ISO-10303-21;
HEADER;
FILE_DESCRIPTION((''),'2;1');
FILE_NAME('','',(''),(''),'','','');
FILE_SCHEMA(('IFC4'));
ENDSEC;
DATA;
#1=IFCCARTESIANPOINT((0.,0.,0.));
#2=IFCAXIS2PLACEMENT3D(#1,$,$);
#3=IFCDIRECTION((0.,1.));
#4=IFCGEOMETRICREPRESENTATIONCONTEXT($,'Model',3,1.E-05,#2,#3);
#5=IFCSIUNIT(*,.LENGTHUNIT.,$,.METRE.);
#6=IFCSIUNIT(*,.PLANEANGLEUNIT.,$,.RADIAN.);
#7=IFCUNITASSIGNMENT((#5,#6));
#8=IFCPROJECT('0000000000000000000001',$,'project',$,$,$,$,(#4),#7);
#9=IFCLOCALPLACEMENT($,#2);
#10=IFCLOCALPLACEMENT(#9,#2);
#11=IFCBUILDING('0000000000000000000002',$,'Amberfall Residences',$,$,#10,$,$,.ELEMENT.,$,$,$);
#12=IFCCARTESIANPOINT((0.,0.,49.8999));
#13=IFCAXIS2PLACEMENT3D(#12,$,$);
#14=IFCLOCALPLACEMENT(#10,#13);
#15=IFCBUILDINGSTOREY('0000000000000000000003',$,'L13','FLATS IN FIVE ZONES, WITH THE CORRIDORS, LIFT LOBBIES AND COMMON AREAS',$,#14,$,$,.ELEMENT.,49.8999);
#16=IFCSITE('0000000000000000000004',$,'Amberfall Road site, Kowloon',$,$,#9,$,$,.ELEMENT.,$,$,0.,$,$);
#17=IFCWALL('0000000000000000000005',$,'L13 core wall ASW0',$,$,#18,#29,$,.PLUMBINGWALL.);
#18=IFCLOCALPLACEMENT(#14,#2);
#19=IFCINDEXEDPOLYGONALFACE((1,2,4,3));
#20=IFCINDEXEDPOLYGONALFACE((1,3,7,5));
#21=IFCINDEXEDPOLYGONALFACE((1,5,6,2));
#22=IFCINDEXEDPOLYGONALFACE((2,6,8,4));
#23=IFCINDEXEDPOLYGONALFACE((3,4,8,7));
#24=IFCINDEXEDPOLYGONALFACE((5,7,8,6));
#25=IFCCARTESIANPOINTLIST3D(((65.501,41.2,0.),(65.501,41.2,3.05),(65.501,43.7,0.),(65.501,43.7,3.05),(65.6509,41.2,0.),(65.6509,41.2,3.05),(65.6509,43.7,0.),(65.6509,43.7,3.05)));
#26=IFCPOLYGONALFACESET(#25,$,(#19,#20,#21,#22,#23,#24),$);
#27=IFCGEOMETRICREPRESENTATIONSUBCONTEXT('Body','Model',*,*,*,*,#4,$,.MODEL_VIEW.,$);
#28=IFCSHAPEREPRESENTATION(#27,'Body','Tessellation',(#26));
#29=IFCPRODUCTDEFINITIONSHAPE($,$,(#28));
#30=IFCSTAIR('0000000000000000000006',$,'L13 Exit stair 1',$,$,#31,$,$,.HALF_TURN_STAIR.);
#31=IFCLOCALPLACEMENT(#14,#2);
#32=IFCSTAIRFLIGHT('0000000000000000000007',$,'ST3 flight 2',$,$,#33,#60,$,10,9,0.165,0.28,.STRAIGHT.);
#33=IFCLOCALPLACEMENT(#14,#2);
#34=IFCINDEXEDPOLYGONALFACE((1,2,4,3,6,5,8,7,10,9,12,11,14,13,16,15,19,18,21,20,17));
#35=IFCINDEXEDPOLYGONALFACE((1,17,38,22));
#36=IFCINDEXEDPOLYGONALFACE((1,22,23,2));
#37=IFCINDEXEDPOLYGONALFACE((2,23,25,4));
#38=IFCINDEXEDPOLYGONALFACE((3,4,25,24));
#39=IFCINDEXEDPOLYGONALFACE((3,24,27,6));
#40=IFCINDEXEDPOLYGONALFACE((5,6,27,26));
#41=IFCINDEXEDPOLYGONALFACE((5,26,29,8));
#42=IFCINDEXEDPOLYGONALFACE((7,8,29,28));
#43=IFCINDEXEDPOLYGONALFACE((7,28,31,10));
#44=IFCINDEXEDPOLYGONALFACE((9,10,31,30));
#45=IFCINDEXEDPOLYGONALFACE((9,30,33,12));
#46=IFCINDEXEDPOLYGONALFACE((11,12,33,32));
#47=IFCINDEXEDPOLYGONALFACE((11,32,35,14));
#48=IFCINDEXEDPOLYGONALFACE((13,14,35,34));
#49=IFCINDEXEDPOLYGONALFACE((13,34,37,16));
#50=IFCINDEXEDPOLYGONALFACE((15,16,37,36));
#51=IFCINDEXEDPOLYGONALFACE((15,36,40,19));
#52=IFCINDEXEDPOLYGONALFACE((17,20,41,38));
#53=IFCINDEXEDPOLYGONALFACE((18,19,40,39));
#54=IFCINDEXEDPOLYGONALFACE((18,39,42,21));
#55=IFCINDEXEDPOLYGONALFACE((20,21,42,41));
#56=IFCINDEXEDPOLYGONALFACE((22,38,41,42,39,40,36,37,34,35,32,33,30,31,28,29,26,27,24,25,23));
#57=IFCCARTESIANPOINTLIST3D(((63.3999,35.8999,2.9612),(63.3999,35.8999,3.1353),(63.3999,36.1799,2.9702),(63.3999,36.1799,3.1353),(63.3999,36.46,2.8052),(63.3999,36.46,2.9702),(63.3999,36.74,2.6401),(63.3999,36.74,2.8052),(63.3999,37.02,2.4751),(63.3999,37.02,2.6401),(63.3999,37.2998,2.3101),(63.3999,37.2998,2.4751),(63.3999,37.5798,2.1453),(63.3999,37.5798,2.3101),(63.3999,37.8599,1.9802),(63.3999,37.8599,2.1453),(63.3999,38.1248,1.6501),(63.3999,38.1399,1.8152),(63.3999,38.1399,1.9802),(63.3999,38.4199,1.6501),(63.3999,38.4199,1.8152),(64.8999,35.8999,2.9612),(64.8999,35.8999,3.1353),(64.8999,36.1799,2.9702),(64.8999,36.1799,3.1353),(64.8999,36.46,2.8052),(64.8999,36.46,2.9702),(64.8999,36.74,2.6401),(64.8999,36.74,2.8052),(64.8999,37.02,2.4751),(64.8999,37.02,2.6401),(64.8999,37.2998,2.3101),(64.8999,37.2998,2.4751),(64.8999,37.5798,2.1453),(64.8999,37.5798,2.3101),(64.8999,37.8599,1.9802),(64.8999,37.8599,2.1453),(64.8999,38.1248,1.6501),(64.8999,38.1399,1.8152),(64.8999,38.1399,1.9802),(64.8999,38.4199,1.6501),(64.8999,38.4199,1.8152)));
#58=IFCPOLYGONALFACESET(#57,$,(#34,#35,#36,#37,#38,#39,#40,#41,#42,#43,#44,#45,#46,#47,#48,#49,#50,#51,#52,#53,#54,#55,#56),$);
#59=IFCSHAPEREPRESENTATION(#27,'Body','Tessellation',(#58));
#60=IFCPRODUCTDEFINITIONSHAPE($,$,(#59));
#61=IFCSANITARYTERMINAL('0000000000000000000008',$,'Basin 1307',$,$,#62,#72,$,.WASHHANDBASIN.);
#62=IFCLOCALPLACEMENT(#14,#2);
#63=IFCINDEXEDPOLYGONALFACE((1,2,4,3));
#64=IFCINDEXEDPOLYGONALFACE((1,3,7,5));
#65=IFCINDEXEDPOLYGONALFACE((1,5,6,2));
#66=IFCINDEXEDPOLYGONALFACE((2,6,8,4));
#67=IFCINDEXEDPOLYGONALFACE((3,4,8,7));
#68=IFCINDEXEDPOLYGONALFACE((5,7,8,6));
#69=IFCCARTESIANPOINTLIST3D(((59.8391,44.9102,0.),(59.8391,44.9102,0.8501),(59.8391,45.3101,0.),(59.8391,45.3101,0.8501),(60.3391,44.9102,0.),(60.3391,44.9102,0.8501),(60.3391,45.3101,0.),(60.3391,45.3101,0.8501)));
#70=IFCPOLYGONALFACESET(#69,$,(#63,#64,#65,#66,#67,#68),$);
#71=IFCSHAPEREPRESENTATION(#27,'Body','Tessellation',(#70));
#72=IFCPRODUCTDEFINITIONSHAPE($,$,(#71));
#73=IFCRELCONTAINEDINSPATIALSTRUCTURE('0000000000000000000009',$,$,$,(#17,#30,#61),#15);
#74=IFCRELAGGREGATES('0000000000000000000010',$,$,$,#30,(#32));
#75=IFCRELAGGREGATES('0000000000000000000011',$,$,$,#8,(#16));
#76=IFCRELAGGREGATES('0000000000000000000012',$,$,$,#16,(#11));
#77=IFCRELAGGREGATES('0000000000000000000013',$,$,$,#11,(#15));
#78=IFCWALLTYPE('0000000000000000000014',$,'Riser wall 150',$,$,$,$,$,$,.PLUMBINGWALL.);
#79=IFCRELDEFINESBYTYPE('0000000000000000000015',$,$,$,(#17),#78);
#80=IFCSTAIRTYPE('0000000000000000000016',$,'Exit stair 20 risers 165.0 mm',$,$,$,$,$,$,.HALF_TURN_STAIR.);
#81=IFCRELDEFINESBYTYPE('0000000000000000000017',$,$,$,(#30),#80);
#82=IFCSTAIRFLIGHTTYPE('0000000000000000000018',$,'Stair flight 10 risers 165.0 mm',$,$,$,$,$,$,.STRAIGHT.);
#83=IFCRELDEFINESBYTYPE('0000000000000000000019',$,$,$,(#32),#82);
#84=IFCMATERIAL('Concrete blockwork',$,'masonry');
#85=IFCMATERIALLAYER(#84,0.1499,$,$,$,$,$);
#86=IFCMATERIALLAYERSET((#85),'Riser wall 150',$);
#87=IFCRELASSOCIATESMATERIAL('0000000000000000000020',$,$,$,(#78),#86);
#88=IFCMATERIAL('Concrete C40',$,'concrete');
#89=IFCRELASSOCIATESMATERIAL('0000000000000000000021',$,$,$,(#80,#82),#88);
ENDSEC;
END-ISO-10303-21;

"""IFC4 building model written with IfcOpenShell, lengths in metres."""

from ifc_helpers import new_model, si_unit, direction, frame, frame_2d, origin, origin_2d, place, context, subcontext, project, spatial, polyline, rectangle, outline, extrude, material, layer, layer_set, type_object, element, aggregate, save


model = new_model("IFC4")

# Units and contexts
model_context = context("Model", 3, precision=1e-05, world=origin(), true_north=direction((0.0, 1.0)))
body_context = subcontext(model_context, "Body", "Model", "MODEL_VIEW")
ifc_project = project(units=[si_unit("LENGTHUNIT", "METRE"), si_unit("PLANEANGLEUNIT", "RADIAN")], contexts=[model_context])

# Site, building, storey
site_placement = place(None, origin())
site = spatial("IfcSite", under=ifc_project, at=site_placement, Name="Amberfall Road site, Kowloon", CompositionType="ELEMENT", RefElevation=0.0)
building_placement = place(site_placement, origin())
building = spatial("IfcBuilding", under=site, at=building_placement, Name="Amberfall Residences", CompositionType="ELEMENT")
storey_placement = place(building_placement, frame((0.0, 0.0, 49.8999)))
storey = spatial("IfcBuildingStorey", under=building, at=storey_placement, Name="L13", Description="FLATS IN FIVE ZONES, WITH THE CORRIDORS, LIFT LOBBIES AND COMMON AREAS", CompositionType="ELEMENT", Elevation=49.8999)

# Wall
ifc_material_1 = material(Name="Concrete blockwork", Category="masonry")
ifc_layer_1 = layer(ifc_material_1, 0.1499)
ifc_layer_set_1 = layer_set([ifc_layer_1], Name="Riser wall 150")
wall_type_1 = type_object("IfcWallType", Name="Riser wall 150", PredefinedType="PLUMBINGWALL", material=ifc_layer_set_1)
wall_1_placement = place(storey_placement, frame((65.5759, 41.2, 0.0), z_axis=(0.0, 0.0, 1.0), x_axis=(0.0, 1.0, 0.0)))
element("IfcWall", 1, at=wall_1_placement, inside=storey, type_object=wall_type_1, Name="L13 core wall ASW0", PredefinedType="PLUMBINGWALL", context=body_context, shape_type="SweptSolid", body=[
    extrude(rectangle(XDim=2.5, YDim=0.1499, at=frame_2d((1.25, 0.0))), origin(), (0.0, 0.0, 1.0), 3.05),
])

# Stair, stair flight
ifc_material_2 = material(Name="Concrete C40", Category="concrete")
stair_type = type_object("IfcStairType", Name="Exit stair 20 risers 165.0 mm", PredefinedType="HALF_TURN_STAIR", material=ifc_material_2)
stair_placement = place(storey_placement, origin())
stair = element("IfcStair", 2, at=stair_placement, inside=storey, type_object=stair_type, Name="L13 Exit stair 1", PredefinedType="HALF_TURN_STAIR")
stair_flight_type = type_object("IfcStairFlightType", Name="Stair flight 10 risers 165.0 mm", PredefinedType="STRAIGHT", material=ifc_material_2)
stair_flight_placement = place(storey_placement, frame((64.1499, 38.4199, 1.6501), z_axis=(0.0, 0.0, 1.0), x_axis=(0.0, -1.0, 0.0)))
stair_flight = element("IfcStairFlight", 3, at=stair_flight_placement, type_object=stair_flight_type, Name="ST3 flight 2", NumberOfRisers=10, NumberOfTreads=9, PredefinedType="STRAIGHT", RiserHeight=0.165, TreadLength=0.28, context=body_context, shape_type="SweptSolid", body=[
    extrude(outline(polyline([(0.0, 0.0), (0.0, 0.165), (0.28, 0.165), (0.28, 0.3301), (0.5601, 0.3301), (0.5601, 0.4951), (0.8401, 0.4951), (0.8401, 0.6599), (1.1201, 0.6599), (1.1201, 0.825), (1.3999, 0.825), (1.3999, 0.99), (1.6799, 0.99), (1.6799, 1.155), (1.96, 1.155), (1.96, 1.3201), (2.24, 1.3201), (2.24, 1.4851), (2.52, 1.4851), (2.52, 1.6499), (2.52, 1.311), (0.2952, 0.0), (0.0, 0.0)])), frame((0.0, 0.75, 0.0), z_axis=(0.0, -1.0, 0.0), x_axis=(1.0, 0.0, 0.0)), (0.0, 0.0, 1.0), 1.5),
])
aggregate(stair, [stair_flight])

# Sanitary terminal
sanitary_terminal_placement = place(storey_placement, frame((60.0891, 45.1101, 0.0), z_axis=(0.0, 0.0, 1.0), x_axis=(1.0, 0.0, 0.0)))
element("IfcSanitaryTerminal", 4, at=sanitary_terminal_placement, inside=storey, Name="Basin 1307", PredefinedType="WASHHANDBASIN", context=body_context, shape_type="SweptSolid", body=[
    extrude(rectangle(XDim=0.5, YDim=0.3999, at=origin_2d()), origin(), (0.0, 0.0, 1.0), 0.8501),
])

save(model, "model.ifc")
